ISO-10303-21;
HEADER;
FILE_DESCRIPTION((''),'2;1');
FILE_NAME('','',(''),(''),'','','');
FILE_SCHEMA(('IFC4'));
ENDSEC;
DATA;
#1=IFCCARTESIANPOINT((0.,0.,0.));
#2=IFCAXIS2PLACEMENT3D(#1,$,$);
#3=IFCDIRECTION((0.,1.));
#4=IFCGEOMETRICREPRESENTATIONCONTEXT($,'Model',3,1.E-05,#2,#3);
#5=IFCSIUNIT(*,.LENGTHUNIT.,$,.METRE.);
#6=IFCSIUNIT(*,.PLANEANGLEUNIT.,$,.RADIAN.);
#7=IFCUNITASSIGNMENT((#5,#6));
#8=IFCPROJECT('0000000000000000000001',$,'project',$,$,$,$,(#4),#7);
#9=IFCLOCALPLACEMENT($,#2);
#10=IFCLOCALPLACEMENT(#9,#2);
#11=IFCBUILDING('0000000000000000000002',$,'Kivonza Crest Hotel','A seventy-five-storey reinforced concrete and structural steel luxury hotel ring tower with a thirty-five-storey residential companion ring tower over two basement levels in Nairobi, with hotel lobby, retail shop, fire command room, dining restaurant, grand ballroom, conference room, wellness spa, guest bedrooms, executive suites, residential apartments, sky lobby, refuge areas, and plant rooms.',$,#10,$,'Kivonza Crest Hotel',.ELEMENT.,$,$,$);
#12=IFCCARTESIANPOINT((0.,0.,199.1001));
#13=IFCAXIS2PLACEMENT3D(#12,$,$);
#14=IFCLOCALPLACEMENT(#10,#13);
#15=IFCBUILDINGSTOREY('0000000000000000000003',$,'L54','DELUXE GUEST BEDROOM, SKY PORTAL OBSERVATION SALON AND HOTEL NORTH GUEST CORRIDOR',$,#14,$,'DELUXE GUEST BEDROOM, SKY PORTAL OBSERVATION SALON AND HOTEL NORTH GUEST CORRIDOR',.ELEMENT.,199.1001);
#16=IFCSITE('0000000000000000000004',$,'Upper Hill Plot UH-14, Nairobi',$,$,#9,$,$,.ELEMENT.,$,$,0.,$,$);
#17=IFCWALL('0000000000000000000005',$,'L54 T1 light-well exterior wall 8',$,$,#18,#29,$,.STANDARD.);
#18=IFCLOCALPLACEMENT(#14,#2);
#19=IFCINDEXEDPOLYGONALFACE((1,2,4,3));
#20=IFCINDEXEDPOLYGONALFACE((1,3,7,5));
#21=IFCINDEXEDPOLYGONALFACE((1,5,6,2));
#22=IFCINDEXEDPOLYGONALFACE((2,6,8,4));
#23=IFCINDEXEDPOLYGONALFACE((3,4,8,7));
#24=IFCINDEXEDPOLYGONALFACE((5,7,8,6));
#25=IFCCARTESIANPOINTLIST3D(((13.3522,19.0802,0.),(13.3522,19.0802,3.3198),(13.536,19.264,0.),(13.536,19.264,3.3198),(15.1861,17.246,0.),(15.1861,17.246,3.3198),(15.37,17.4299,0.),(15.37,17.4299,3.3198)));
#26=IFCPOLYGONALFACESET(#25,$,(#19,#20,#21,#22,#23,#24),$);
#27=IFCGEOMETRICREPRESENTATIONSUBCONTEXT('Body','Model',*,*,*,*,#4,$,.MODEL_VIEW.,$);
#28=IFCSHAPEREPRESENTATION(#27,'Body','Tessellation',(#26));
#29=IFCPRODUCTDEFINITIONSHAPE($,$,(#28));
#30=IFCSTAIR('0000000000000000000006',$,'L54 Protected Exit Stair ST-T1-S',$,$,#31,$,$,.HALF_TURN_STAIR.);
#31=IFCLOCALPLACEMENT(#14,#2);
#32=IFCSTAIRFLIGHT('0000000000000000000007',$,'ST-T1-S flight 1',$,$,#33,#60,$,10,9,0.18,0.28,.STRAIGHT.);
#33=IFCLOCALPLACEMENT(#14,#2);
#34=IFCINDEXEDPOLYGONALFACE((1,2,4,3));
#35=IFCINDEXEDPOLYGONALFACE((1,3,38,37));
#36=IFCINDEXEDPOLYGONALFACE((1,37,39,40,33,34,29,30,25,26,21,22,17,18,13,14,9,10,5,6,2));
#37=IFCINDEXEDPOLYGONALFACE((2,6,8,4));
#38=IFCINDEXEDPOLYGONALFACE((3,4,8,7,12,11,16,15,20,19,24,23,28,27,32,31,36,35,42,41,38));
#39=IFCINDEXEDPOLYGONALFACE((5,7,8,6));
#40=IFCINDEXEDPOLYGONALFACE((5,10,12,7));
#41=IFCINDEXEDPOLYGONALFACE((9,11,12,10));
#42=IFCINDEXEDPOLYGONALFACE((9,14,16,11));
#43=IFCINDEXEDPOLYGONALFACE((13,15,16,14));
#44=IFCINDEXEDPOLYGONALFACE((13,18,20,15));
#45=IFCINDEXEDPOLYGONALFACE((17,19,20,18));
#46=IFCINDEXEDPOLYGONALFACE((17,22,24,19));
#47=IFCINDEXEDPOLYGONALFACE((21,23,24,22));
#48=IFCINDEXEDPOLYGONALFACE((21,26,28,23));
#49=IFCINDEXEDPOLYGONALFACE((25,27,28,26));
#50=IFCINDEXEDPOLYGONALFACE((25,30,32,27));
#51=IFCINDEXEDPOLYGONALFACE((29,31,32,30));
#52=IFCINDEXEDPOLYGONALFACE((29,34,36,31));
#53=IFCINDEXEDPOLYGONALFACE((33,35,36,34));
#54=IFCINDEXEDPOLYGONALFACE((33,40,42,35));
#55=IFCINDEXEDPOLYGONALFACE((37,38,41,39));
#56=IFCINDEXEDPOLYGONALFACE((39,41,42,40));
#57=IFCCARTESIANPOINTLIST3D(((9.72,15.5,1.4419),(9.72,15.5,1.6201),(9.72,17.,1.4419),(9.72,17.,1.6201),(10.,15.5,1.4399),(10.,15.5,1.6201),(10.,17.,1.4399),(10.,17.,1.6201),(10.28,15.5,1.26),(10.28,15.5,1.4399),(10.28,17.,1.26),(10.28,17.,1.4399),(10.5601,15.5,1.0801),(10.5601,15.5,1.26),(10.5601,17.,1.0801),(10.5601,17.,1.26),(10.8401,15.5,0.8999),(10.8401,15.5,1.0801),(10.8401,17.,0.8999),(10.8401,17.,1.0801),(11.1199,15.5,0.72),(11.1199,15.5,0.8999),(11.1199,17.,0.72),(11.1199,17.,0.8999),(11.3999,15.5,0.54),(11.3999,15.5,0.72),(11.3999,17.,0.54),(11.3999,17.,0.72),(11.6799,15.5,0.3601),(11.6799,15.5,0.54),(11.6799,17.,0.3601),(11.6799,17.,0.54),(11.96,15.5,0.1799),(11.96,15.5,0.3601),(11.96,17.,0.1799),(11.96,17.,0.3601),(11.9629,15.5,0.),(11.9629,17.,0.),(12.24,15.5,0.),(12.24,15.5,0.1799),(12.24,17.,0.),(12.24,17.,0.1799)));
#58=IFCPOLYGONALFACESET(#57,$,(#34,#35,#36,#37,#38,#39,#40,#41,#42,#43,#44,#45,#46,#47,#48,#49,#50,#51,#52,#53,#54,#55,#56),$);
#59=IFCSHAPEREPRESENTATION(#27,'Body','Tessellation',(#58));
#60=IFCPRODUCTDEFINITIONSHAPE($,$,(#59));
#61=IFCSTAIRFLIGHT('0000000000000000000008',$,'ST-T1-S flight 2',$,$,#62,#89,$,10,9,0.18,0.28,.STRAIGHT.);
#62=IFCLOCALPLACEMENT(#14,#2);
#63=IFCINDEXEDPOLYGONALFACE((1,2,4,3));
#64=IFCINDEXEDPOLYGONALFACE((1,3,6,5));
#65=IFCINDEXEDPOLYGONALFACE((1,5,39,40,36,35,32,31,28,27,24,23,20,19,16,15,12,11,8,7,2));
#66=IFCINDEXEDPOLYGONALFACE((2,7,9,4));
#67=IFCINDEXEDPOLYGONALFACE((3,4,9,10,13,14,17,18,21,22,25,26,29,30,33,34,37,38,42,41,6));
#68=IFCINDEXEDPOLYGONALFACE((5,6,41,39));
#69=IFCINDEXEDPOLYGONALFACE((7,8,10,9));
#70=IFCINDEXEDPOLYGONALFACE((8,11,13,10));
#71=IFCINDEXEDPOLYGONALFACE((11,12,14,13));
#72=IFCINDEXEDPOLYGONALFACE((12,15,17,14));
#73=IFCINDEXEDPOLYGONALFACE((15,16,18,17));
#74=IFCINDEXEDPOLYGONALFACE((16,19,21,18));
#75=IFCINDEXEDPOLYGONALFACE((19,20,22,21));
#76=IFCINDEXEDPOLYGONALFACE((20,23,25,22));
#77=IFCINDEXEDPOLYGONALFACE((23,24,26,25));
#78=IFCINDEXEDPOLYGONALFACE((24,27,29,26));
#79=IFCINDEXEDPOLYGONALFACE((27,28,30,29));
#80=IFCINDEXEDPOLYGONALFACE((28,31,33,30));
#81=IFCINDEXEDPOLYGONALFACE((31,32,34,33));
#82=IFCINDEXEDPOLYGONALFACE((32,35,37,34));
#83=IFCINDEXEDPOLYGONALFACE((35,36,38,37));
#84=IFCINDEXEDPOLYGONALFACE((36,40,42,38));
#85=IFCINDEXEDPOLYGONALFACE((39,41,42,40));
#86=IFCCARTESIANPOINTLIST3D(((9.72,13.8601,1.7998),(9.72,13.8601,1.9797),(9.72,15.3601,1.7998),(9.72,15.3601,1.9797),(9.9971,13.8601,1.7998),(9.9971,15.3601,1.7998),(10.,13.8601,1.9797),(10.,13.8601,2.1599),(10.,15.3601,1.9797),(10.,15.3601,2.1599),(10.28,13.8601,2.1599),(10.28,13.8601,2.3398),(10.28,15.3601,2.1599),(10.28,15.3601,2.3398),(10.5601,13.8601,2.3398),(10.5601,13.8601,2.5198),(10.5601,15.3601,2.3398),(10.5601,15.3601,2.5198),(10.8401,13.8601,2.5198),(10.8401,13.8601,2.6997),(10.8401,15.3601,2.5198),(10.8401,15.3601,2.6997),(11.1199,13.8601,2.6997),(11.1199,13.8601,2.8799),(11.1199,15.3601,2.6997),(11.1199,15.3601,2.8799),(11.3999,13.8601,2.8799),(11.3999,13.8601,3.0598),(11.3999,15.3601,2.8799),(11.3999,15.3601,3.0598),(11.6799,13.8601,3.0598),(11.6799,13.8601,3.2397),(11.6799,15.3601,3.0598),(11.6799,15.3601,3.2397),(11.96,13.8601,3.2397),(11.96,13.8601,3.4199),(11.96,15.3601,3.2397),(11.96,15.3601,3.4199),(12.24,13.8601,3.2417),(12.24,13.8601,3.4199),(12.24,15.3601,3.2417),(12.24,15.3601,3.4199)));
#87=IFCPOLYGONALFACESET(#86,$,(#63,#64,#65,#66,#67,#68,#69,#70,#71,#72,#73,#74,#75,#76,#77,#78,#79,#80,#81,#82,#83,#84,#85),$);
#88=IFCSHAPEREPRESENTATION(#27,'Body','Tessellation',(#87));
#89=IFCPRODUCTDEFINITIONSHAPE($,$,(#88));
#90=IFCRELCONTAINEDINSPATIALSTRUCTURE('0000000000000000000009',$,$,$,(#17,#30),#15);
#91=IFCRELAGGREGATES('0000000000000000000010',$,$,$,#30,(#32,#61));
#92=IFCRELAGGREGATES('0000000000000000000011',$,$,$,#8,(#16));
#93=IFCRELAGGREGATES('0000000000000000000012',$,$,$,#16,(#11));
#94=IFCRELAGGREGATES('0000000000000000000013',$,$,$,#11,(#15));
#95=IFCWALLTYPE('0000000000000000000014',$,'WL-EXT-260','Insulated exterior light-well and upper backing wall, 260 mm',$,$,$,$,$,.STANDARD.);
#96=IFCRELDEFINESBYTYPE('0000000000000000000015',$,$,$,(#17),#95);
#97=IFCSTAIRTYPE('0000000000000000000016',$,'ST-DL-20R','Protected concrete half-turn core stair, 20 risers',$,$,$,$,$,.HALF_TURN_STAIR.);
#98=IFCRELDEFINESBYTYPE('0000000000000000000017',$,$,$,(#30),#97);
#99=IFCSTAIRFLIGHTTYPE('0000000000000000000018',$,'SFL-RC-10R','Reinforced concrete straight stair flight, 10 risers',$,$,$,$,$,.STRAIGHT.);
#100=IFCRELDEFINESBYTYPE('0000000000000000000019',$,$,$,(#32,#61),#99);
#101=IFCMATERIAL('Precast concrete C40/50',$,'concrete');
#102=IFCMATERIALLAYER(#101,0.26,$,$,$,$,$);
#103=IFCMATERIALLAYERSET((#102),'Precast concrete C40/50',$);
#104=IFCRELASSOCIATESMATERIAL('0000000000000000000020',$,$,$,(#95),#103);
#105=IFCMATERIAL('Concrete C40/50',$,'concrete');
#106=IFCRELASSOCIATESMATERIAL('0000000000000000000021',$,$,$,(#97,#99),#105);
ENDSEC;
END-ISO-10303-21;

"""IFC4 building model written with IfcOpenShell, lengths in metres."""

from ifc_helpers import new_model, si_unit, direction, frame, frame_2d, origin, place, context, subcontext, project, spatial, polyline, rectangle, outline, extrude, material, layer, layer_set, type_object, element, aggregate, save


model = new_model("IFC4")

# Units and contexts
model_context = context("Model", 3, precision=1e-05, world=origin(), true_north=direction((0.0, 1.0)))
body_context = subcontext(model_context, "Body", "Model", "MODEL_VIEW")
ifc_project = project(units=[si_unit("LENGTHUNIT", "METRE"), si_unit("PLANEANGLEUNIT", "RADIAN")], contexts=[model_context])

# Site, building, storey
site_placement = place(None, origin())
site = spatial("IfcSite", under=ifc_project, at=site_placement, Name="Upper Hill Plot UH-14, Nairobi", CompositionType="ELEMENT", RefElevation=0.0)
building_placement = place(site_placement, origin())
building = spatial("IfcBuilding", under=site, at=building_placement, Name="Kivonza Crest Hotel", Description="A seventy-five-storey reinforced concrete and structural steel luxury hotel ring tower with a thirty-five-storey residential companion ring tower over two basement levels in Nairobi, with hotel lobby, retail shop, fire command room, dining restaurant, grand ballroom, conference room, wellness spa, guest bedrooms, executive suites, residential apartments, sky lobby, refuge areas, and plant rooms.", LongName="Kivonza Crest Hotel", CompositionType="ELEMENT")
storey_placement = place(building_placement, frame((0.0, 0.0, 199.1001)))
storey = spatial("IfcBuildingStorey", under=building, at=storey_placement, Name="L54", Description="DELUXE GUEST BEDROOM, SKY PORTAL OBSERVATION SALON AND HOTEL NORTH GUEST CORRIDOR", LongName="DELUXE GUEST BEDROOM, SKY PORTAL OBSERVATION SALON AND HOTEL NORTH GUEST CORRIDOR", CompositionType="ELEMENT", Elevation=199.1001)

# Wall
ifc_material_1 = material(Name="Precast concrete C40/50", Category="concrete")
ifc_layer_1 = layer(ifc_material_1, 0.26)
ifc_layer_set_1 = layer_set([ifc_layer_1], Name="Precast concrete C40/50")
wall_type_1 = type_object("IfcWallType", Name="WL-EXT-260", Description="Insulated exterior light-well and upper backing wall, 260 mm", PredefinedType="STANDARD", material=ifc_layer_set_1)
wall_1_placement = place(storey_placement, frame((13.4441, 19.1721, 0.0), z_axis=(0.0, 0.0, 1.0), x_axis=(0.70706, -0.707154, 0.0)))
element("IfcWall", 1, at=wall_1_placement, inside=storey, type_object=wall_type_1, Name="L54 T1 light-well exterior wall 8", PredefinedType="STANDARD", context=body_context, shape_type="SweptSolid", body=[
    extrude(rectangle(XDim=2.5938, YDim=0.26, at=frame_2d((1.2969, 0.0))), origin(), (0.0, 0.0, 1.0), 3.3198),
])

# Stair, stair flights
ifc_material_2 = material(Name="Concrete C40/50", Category="concrete")
stair_type = type_object("IfcStairType", Name="ST-DL-20R", Description="Protected concrete half-turn core stair, 20 risers", PredefinedType="HALF_TURN_STAIR", material=ifc_material_2)
stair_placement = place(storey_placement, origin())
stair = element("IfcStair", 2, at=stair_placement, inside=storey, type_object=stair_type, Name="L54 Protected Exit Stair ST-T1-S", PredefinedType="HALF_TURN_STAIR")
stair_flight_type = type_object("IfcStairFlightType", Name="SFL-RC-10R", Description="Reinforced concrete straight stair flight, 10 risers", PredefinedType="STRAIGHT", material=ifc_material_2)
stair_flight_1_placement = place(storey_placement, frame((12.24, 16.25, 0.0), z_axis=(0.0, 0.0, 1.0), x_axis=(-1.0, 0.0, 0.0)))
stair_flight_1 = element("IfcStairFlight", 3, at=stair_flight_1_placement, type_object=stair_flight_type, Name="ST-T1-S flight 1", NumberOfRisers=10, NumberOfTreads=9, PredefinedType="STRAIGHT", RiserHeight=0.18, TreadLength=0.28, context=body_context, shape_type="SweptSolid", body=[
    extrude(outline(polyline([(0.0, 0.0), (0.0, 0.1799), (0.28, 0.1799), (0.28, 0.3601), (0.5601, 0.3601), (0.5601, 0.54), (0.8401, 0.54), (0.8401, 0.72), (1.1201, 0.72), (1.1201, 0.8999), (1.3999, 0.8999), (1.3999, 1.0801), (1.6799, 1.0801), (1.6799, 1.26), (1.96, 1.26), (1.96, 1.4399), (2.24, 1.4399), (2.24, 1.6201), (2.52, 1.6201), (2.52, 1.8), (2.52, 1.4419), (0.2771, 0.0), (0.0, 0.0)])), frame((0.0, 0.75, 0.0), z_axis=(0.0, -1.0, 0.0), x_axis=(1.0, 0.0, 0.0)), (0.0, 0.0, 1.0), 1.5),
])
stair_flight_2_placement = place(storey_placement, frame((9.72, 14.6101, 1.7998), z_axis=(0.0, 0.0, 1.0), x_axis=(1.0, 0.0, 0.0)))
stair_flight_2 = element("IfcStairFlight", 4, at=stair_flight_2_placement, type_object=stair_flight_type, Name="ST-T1-S flight 2", NumberOfRisers=10, NumberOfTreads=9, PredefinedType="STRAIGHT", RiserHeight=0.18, TreadLength=0.28, context=body_context, shape_type="SweptSolid", body=[
    extrude(outline(polyline([(0.0, 0.0), (0.0, 0.1799), (0.28, 0.1799), (0.28, 0.3601), (0.5601, 0.3601), (0.5601, 0.54), (0.8401, 0.54), (0.8401, 0.72), (1.1201, 0.72), (1.1201, 0.8999), (1.3999, 0.8999), (1.3999, 1.0801), (1.6799, 1.0801), (1.6799, 1.26), (1.96, 1.26), (1.96, 1.4399), (2.24, 1.4399), (2.24, 1.6201), (2.52, 1.6201), (2.52, 1.8), (2.52, 1.4419), (0.2771, 0.0), (0.0, 0.0)])), frame((0.0, 0.75, 0.0), z_axis=(0.0, -1.0, 0.0), x_axis=(1.0, 0.0, 0.0)), (0.0, 0.0, 1.0), 1.5),
])
aggregate(stair, [stair_flight_1, stair_flight_2])

save(model, "model.ifc")
